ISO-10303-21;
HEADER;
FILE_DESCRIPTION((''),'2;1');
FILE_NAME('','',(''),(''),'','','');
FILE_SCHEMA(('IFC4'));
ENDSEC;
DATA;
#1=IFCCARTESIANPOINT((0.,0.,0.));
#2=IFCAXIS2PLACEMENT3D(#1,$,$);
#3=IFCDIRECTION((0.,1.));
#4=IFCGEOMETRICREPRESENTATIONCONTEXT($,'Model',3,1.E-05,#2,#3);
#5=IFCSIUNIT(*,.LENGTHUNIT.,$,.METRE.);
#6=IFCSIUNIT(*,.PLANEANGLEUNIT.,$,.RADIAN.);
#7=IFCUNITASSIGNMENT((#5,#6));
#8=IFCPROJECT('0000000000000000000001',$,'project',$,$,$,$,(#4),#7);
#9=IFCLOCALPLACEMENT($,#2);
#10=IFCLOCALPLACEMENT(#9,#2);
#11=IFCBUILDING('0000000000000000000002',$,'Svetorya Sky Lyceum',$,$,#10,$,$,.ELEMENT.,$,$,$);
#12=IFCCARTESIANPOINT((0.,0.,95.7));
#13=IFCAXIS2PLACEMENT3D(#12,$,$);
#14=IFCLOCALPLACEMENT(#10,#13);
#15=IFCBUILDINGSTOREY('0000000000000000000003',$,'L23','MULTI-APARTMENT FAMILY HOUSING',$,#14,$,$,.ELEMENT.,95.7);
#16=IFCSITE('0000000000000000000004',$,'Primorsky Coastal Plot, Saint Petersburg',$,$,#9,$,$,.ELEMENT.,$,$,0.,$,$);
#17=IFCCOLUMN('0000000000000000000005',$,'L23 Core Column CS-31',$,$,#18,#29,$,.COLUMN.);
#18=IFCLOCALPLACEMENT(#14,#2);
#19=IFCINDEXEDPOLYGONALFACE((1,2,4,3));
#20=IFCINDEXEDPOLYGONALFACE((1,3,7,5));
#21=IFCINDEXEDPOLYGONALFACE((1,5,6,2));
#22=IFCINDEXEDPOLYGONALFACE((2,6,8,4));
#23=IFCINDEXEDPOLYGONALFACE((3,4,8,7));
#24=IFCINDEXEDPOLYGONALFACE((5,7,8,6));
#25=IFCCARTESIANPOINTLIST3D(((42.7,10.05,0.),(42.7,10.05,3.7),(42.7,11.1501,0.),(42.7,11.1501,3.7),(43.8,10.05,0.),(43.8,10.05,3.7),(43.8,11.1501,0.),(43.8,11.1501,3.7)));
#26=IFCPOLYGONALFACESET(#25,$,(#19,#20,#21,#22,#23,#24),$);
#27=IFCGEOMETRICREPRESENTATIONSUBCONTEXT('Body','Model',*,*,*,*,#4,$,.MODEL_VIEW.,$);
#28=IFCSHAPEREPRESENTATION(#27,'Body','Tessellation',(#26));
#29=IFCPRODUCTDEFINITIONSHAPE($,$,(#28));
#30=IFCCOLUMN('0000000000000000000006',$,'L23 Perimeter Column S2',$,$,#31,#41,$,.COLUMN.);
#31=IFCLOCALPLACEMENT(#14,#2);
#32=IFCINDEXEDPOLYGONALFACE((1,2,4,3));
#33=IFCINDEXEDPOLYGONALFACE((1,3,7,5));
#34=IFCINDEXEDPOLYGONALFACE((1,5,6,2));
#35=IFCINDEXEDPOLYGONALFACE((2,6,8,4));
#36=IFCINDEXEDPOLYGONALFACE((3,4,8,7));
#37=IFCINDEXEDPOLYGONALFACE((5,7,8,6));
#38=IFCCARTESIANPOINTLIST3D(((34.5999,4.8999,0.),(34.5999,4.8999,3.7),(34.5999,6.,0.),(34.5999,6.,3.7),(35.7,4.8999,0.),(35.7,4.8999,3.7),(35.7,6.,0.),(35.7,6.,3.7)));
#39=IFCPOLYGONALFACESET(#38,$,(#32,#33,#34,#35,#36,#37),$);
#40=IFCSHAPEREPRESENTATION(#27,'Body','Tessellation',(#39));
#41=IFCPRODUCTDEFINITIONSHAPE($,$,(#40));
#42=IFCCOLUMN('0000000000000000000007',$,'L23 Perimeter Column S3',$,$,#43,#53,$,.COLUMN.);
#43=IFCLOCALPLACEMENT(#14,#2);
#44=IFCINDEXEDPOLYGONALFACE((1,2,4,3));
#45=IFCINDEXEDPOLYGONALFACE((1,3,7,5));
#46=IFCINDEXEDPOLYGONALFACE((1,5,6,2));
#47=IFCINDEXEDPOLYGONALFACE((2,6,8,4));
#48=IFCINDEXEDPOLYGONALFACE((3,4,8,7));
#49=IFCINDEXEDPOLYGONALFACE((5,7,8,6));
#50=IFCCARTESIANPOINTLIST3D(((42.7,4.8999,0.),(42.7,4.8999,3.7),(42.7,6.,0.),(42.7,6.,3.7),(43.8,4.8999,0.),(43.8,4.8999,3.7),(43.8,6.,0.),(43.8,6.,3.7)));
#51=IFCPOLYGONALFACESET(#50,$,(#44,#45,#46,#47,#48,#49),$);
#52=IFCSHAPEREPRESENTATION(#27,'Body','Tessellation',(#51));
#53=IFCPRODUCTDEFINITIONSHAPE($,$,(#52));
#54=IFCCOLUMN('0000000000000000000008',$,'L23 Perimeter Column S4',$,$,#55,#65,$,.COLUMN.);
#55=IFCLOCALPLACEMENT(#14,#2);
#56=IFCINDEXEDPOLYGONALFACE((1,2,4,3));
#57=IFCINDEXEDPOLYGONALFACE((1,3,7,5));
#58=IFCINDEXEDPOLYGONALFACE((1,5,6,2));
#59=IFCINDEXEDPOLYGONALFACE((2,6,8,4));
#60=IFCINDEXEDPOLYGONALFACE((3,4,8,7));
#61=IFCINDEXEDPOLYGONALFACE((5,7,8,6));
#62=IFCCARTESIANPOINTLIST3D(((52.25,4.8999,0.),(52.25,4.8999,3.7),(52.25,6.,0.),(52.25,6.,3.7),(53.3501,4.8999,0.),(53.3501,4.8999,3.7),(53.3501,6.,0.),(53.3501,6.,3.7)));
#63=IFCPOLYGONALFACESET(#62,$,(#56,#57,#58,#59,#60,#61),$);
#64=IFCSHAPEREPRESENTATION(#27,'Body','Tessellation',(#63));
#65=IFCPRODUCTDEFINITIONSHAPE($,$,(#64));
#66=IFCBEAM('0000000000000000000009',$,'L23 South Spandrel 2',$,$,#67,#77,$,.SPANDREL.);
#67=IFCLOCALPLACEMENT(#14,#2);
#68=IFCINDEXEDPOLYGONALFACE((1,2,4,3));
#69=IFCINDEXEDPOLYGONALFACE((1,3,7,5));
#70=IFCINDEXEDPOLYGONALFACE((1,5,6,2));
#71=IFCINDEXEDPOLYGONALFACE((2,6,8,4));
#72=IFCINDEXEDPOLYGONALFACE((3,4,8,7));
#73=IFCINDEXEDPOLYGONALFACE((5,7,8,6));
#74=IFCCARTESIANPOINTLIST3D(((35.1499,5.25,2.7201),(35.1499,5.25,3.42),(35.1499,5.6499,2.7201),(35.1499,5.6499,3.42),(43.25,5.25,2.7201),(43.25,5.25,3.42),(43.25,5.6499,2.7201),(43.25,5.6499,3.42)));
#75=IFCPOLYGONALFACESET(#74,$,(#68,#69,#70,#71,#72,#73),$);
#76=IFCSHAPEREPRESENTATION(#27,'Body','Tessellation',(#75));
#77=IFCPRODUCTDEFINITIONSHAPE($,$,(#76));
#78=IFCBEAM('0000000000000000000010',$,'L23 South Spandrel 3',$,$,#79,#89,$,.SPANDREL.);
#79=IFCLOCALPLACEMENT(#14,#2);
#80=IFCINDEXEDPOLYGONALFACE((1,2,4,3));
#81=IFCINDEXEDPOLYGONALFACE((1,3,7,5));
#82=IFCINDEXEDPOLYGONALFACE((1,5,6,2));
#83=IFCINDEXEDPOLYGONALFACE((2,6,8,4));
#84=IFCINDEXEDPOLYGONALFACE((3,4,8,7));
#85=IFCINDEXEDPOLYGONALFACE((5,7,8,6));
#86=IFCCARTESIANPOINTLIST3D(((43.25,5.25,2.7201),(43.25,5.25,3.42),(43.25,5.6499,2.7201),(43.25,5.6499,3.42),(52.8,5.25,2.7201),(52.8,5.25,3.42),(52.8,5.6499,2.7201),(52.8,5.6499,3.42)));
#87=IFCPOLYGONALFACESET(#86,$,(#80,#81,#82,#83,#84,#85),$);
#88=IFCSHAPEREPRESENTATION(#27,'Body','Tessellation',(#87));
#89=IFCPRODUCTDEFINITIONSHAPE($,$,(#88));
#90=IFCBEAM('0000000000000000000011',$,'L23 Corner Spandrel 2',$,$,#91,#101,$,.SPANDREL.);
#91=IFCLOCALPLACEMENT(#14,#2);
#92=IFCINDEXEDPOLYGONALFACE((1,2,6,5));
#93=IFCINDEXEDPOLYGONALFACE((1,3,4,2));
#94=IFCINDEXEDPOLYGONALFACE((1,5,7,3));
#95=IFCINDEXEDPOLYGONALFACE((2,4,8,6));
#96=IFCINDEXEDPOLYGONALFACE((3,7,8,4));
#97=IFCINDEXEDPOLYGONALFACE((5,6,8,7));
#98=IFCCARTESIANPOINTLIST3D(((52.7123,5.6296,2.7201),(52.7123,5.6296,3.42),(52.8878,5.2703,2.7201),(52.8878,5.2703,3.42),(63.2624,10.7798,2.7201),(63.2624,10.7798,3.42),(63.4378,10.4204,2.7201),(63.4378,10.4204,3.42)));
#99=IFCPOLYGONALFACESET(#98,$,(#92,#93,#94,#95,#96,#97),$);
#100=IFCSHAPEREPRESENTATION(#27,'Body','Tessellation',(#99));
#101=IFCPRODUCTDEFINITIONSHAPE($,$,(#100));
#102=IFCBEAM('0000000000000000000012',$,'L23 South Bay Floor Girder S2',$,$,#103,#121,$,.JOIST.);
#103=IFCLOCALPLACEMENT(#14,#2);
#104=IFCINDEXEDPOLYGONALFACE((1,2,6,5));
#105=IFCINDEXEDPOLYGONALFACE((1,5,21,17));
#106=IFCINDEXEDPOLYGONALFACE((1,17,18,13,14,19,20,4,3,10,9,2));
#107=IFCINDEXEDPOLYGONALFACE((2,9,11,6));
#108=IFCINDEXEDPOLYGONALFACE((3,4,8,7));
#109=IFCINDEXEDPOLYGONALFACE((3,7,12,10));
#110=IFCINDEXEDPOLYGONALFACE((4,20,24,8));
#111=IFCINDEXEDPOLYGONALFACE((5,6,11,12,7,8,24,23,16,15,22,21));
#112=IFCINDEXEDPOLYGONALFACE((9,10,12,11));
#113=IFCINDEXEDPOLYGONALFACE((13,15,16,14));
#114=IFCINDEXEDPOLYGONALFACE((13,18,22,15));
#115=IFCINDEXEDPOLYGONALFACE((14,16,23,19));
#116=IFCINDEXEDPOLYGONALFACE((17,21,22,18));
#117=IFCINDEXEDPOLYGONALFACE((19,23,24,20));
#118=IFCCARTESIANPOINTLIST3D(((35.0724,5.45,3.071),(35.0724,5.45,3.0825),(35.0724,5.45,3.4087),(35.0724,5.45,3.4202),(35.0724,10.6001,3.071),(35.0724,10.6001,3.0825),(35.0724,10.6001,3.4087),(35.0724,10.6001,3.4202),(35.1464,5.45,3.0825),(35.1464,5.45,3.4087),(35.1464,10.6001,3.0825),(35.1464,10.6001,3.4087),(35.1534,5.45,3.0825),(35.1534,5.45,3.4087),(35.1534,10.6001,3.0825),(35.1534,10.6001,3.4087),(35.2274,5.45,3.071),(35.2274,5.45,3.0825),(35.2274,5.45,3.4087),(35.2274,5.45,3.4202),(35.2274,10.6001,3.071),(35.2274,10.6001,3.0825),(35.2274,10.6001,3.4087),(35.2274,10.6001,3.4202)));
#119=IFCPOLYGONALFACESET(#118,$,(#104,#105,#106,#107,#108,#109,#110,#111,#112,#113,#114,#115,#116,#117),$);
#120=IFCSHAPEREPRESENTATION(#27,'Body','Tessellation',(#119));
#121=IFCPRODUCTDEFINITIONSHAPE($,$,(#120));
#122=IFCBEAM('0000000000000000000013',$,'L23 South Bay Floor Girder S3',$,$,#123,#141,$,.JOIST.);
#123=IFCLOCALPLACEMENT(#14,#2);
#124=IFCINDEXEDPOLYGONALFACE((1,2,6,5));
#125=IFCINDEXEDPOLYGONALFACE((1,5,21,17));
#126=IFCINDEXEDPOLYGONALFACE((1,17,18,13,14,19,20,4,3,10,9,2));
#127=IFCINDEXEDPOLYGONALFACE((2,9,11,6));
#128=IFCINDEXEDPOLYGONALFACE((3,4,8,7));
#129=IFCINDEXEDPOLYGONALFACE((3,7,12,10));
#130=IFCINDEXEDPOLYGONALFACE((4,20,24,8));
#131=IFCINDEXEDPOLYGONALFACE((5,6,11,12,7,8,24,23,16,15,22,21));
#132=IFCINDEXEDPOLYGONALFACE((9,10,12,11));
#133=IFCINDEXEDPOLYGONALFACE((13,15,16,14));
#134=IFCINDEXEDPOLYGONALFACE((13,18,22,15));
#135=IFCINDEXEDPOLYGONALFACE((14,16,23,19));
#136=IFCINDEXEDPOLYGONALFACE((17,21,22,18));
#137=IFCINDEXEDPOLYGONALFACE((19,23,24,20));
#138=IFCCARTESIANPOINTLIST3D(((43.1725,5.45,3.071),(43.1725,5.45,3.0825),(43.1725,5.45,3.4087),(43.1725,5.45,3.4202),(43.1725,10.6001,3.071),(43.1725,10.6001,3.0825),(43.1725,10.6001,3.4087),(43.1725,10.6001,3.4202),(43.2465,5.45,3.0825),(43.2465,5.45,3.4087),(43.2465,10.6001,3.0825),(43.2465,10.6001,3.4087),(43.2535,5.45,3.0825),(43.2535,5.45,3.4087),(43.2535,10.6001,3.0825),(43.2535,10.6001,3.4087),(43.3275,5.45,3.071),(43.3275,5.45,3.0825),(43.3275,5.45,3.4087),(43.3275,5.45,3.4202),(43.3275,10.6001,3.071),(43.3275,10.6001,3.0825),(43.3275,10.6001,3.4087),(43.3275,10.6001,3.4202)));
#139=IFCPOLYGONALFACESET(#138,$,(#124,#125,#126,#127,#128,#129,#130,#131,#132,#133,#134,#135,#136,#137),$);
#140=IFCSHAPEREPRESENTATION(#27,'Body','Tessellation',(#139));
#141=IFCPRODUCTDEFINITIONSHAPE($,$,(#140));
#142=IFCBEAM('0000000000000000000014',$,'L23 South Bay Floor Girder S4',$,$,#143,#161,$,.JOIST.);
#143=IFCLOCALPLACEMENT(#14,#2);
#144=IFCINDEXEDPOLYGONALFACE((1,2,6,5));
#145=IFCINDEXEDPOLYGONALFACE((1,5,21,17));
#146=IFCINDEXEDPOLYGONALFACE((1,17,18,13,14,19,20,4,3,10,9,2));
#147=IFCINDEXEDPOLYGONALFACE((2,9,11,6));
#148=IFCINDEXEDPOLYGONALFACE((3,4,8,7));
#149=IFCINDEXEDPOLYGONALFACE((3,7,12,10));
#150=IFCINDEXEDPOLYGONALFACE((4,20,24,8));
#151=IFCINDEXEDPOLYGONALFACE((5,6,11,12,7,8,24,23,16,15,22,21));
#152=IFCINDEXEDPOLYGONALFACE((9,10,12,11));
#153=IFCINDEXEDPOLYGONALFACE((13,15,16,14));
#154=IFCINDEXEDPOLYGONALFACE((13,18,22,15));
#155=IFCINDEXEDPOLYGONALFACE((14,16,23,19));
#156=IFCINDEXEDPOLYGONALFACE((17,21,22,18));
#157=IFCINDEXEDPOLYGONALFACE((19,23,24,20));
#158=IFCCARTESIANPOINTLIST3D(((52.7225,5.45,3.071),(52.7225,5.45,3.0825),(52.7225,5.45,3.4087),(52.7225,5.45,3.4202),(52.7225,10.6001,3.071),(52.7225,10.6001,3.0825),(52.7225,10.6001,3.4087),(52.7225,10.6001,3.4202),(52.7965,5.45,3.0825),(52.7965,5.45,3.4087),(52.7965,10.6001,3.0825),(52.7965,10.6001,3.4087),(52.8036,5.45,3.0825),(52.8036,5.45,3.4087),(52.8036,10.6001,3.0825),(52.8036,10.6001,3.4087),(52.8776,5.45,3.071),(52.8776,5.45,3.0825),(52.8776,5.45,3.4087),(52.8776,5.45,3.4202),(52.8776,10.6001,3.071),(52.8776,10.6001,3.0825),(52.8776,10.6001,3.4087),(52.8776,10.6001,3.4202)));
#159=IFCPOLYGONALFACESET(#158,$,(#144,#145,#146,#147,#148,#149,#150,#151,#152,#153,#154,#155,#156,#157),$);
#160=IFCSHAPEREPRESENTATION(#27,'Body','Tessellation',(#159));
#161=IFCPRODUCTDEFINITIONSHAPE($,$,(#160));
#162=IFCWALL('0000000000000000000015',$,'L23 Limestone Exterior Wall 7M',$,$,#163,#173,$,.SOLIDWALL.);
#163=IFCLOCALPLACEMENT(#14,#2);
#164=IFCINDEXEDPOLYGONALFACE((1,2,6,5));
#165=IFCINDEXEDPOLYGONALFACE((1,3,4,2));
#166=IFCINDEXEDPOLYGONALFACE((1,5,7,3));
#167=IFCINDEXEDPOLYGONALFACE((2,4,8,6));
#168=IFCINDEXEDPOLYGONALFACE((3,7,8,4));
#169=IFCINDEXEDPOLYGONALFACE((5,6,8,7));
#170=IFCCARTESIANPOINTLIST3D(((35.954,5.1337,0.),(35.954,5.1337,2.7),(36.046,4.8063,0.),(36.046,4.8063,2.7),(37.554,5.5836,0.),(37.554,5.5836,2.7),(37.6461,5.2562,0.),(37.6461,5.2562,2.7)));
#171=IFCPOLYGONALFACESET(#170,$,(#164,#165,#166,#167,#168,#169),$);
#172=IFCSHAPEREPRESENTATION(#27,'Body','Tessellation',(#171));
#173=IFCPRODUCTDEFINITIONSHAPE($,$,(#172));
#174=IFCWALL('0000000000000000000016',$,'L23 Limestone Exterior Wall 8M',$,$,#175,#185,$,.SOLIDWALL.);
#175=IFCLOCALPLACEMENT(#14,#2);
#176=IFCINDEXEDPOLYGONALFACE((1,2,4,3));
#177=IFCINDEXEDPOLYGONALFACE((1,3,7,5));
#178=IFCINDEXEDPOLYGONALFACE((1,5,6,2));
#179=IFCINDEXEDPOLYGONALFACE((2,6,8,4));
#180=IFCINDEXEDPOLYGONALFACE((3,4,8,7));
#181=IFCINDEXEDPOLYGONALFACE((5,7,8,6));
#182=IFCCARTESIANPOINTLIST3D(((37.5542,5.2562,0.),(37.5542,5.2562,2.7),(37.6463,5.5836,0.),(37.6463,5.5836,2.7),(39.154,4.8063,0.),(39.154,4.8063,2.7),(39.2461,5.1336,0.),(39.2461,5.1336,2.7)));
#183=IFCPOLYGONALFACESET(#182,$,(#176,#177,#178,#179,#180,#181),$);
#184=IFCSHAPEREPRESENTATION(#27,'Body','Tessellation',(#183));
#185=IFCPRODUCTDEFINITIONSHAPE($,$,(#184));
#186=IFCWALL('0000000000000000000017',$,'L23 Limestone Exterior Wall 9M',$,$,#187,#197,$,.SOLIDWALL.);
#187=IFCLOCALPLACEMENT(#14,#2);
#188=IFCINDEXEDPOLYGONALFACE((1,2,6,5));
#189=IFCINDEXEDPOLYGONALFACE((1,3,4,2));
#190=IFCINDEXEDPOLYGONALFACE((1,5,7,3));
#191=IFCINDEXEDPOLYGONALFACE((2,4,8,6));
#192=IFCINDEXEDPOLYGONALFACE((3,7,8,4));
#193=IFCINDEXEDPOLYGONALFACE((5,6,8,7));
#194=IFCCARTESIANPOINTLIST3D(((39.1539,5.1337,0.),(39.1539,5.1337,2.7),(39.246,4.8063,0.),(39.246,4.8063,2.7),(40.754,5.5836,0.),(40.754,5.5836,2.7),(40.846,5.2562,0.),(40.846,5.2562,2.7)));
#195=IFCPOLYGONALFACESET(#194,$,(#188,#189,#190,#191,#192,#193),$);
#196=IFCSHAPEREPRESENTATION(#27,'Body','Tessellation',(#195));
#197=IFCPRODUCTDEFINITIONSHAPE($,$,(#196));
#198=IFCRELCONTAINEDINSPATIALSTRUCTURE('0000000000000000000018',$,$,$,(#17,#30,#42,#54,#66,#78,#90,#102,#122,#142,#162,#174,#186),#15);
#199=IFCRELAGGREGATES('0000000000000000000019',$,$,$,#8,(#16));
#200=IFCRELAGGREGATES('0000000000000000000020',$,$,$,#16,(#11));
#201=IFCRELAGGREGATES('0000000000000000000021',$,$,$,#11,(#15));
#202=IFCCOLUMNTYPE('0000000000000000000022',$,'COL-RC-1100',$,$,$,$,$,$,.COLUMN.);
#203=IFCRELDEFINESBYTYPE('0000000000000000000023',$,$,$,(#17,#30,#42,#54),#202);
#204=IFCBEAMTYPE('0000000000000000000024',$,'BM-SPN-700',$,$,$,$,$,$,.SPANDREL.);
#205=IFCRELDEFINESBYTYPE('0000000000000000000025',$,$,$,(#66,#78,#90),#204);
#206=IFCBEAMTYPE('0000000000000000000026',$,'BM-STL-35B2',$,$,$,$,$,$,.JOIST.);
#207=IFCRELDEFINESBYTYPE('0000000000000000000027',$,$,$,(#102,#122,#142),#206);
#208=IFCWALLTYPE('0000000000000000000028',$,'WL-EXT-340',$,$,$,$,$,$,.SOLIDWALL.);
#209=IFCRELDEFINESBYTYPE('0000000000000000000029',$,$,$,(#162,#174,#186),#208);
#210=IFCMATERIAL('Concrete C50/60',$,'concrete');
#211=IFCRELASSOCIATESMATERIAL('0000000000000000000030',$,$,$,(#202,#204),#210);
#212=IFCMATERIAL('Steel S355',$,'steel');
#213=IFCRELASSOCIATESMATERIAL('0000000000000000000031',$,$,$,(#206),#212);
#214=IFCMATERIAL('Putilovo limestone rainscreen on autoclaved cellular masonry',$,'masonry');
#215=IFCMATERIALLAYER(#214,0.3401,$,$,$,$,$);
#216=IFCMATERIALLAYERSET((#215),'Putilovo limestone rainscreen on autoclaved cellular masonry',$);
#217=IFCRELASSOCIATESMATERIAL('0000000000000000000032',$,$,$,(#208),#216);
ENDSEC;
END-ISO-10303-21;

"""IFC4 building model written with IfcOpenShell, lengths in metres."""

from ifc_helpers import new_model, si_unit, direction, frame, frame_2d, origin, origin_2d, place, context, subcontext, project, spatial, rectangle, i_section, extrude, material, layer, layer_set, material_profile, profile_set, type_object, element, save


model = new_model("IFC4")

# Units and contexts
model_context = context("Model", 3, precision=1e-05, world=origin(), true_north=direction((0.0, 1.0)))
body_context = subcontext(model_context, "Body", "Model", "MODEL_VIEW")
ifc_project = project(units=[si_unit("LENGTHUNIT", "METRE"), si_unit("PLANEANGLEUNIT", "RADIAN")], contexts=[model_context])

# Site, building, storey
site_placement = place(None, origin())
site = spatial("IfcSite", under=ifc_project, at=site_placement, Name="Primorsky Coastal Plot, Saint Petersburg", CompositionType="ELEMENT", RefElevation=0.0)
building_placement = place(site_placement, origin())
building = spatial("IfcBuilding", under=site, at=building_placement, Name="Svetorya Sky Lyceum", CompositionType="ELEMENT")
storey_placement = place(building_placement, frame((0.0, 0.0, 95.7)))
storey = spatial("IfcBuildingStorey", under=building, at=storey_placement, Name="L23", Description="MULTI-APARTMENT FAMILY HOUSING", CompositionType="ELEMENT", Elevation=95.7)

# Columns
ifc_material_1 = material(Name="Concrete C50/60", Category="concrete")
ifc_material_profile_1 = material_profile(ifc_material_1, rectangle(XDim=1.1001, YDim=1.1001, at=origin_2d()), Name="RC COL 1100x1100")
ifc_profile_set_1 = profile_set([ifc_material_profile_1], Name="Concrete C50/60")
column_type = type_object("IfcColumnType", Name="COL-RC-1100", PredefinedType="COLUMN", material=ifc_profile_set_1)
for number, where, z_axis, x_axis, name in (
    (1, (43.25, 10.6001, 0.0), (0.0, 0.0, 1.0), (1.0, 0.0, 0.0), "L23 Core Column CS-31"),
    (2, (35.1499, 5.45, 0.0), (0.0, 0.0, 1.0), (1.0, 0.0, 0.0), "L23 Perimeter Column S2"),
    (3, (43.25, 5.45, 0.0), (0.0, 0.0, 1.0), (1.0, 0.0, 0.0), "L23 Perimeter Column S3"),
    (4, (52.8, 5.45, 0.0), (0.0, 0.0, 1.0), (1.0, 0.0, 0.0), "L23 Perimeter Column S4"),
):
    element("IfcColumn", number, at=place(storey_placement, frame(where, z_axis=z_axis, x_axis=x_axis)), inside=storey, type_object=column_type, Name=name, PredefinedType="COLUMN", context=body_context, shape_type="SweptSolid", body=[
        extrude(rectangle(XDim=1.1001, YDim=1.1001, at=origin_2d()), origin(), (0.0, 0.0, 1.0), 3.7),
    ])

# Beams
ifc_material_profile_2 = material_profile(ifc_material_1, rectangle(XDim=0.3999, YDim=0.7, at=origin_2d()), Name="RC SPANDREL 400x700")
ifc_profile_set_2 = profile_set([ifc_material_profile_2], Name="Concrete C50/60")
beam_type_1 = type_object("IfcBeamType", Name="BM-SPN-700", PredefinedType="SPANDREL", material=ifc_profile_set_2)
beam_1_placement = place(storey_placement, frame((35.1499, 5.45, 3.0701), z_axis=(1.0, 0.0, 0.0), x_axis=(0.0, 1.0, 0.0)))
element("IfcBeam", 5, at=beam_1_placement, inside=storey, type_object=beam_type_1, Name="L23 South Spandrel 2", PredefinedType="SPANDREL", context=body_context, shape_type="SweptSolid", body=[
    extrude(rectangle(XDim=0.3999, YDim=0.7, at=origin_2d()), origin(), (0.0, 0.0, 1.0), 8.1001),
])
beam_2_placement = place(storey_placement, frame((43.25, 5.45, 3.0701), z_axis=(1.0, 0.0, 0.0), x_axis=(0.0, 1.0, 0.0)))
element("IfcBeam", 6, at=beam_2_placement, inside=storey, type_object=beam_type_1, Name="L23 South Spandrel 3", PredefinedType="SPANDREL", context=body_context, shape_type="SweptSolid", body=[
    extrude(rectangle(XDim=0.3999, YDim=0.7, at=origin_2d()), origin(), (0.0, 0.0, 1.0), 9.55),
])
beam_3_placement = place(storey_placement, frame((52.8, 5.45, 3.0701), z_axis=(0.898641, 0.438684, 0.0), x_axis=(-0.438684, 0.898641, 0.0)))
element("IfcBeam", 7, at=beam_3_placement, inside=storey, type_object=beam_type_1, Name="L23 Corner Spandrel 2", PredefinedType="SPANDREL", context=body_context, shape_type="SweptSolid", body=[
    extrude(rectangle(XDim=0.3999, YDim=0.7, at=origin_2d()), origin(), (0.0, 0.0, 1.0), 11.74),
])
ifc_material_2 = material(Name="Steel S355", Category="steel")
ifc_material_profile_3 = material_profile(ifc_material_2, i_section(OverallWidth=0.155, OverallDepth=0.3491, WebThickness=0.0071, FlangeThickness=0.0115, at=origin_2d()), Name="GOST 35B2")
ifc_profile_set_3 = profile_set([ifc_material_profile_3], Name="Steel S355")
beam_type_2 = type_object("IfcBeamType", Name="BM-STL-35B2", PredefinedType="JOIST", material=ifc_profile_set_3)
for number, where, z_axis, x_axis, name in (
    (8, (35.1499, 5.45, 3.2456), (0.0, 1.0, 0.0), (-1.0, 0.0, 0.0), "L23 South Bay Floor Girder S2"),
    (9, (43.25, 5.45, 3.2456), (0.0, 1.0, 0.0), (-1.0, 0.0, 0.0), "L23 South Bay Floor Girder S3"),
    (10, (52.8, 5.45, 3.2456), (0.0, 1.0, 0.0), (-1.0, 0.0, 0.0), "L23 South Bay Floor Girder S4"),
):
    element("IfcBeam", number, at=place(storey_placement, frame(where, z_axis=z_axis, x_axis=x_axis)), inside=storey, type_object=beam_type_2, Name=name, PredefinedType="JOIST", context=body_context, shape_type="SweptSolid", body=[
        extrude(i_section(OverallWidth=0.155, OverallDepth=0.3491, WebThickness=0.0071, FlangeThickness=0.0115, at=origin_2d()), origin(), (0.0, 0.0, 1.0), 5.1501),
    ])

# Walls
ifc_material_3 = material(Name="Putilovo limestone rainscreen on autoclaved cellular masonry", Category="masonry")
ifc_layer_1 = layer(ifc_material_3, 0.3401)
ifc_layer_set_1 = layer_set([ifc_layer_1], Name="Putilovo limestone rainscreen on autoclaved cellular masonry")
wall_type_1 = type_object("IfcWallType", Name="WL-EXT-340", PredefinedType="SOLIDWALL", material=ifc_layer_set_1)
wall_1_placement = place(storey_placement, frame((36.0, 4.97, 0.0), z_axis=(0.0, 0.0, 1.0), x_axis=(0.962663, 0.270703, 0.0)))
element("IfcWall", 11, at=wall_1_placement, inside=storey, type_object=wall_type_1, Name="L23 Limestone Exterior Wall 7M", PredefinedType="SOLIDWALL", context=body_context, shape_type="SweptSolid", body=[
    extrude(rectangle(XDim=1.6621, YDim=0.3401, at=frame_2d((0.8311, 0.0))), origin(), (0.0, 0.0, 1.0), 2.7),
])
wall_2_placement = place(storey_placement, frame((37.6001, 5.4199, 0.0), z_axis=(0.0, 0.0, 1.0), x_axis=(0.962652, -0.270741, 0.0)))
element("IfcWall", 12, at=wall_2_placement, inside=storey, type_object=wall_type_1, Name="L23 Limestone Exterior Wall 8M", PredefinedType="SOLIDWALL", context=body_context, shape_type="SweptSolid", body=[
    extrude(rectangle(XDim=1.6619, YDim=0.3401, at=frame_2d((0.8311, 0.0))), origin(), (0.0, 0.0, 1.0), 2.7),
])
wall_3_placement = place(storey_placement, frame((39.2, 4.97, 0.0), z_axis=(0.0, 0.0, 1.0), x_axis=(0.962663, 0.270703, 0.0)))
element("IfcWall", 13, at=wall_3_placement, inside=storey, type_object=wall_type_1, Name="L23 Limestone Exterior Wall 9M", PredefinedType="SOLIDWALL", context=body_context, shape_type="SweptSolid", body=[
    extrude(rectangle(XDim=1.6621, YDim=0.3401, at=frame_2d((0.8311, 0.0))), origin(), (0.0, 0.0, 1.0), 2.7),
])

save(model, "model.ifc")
